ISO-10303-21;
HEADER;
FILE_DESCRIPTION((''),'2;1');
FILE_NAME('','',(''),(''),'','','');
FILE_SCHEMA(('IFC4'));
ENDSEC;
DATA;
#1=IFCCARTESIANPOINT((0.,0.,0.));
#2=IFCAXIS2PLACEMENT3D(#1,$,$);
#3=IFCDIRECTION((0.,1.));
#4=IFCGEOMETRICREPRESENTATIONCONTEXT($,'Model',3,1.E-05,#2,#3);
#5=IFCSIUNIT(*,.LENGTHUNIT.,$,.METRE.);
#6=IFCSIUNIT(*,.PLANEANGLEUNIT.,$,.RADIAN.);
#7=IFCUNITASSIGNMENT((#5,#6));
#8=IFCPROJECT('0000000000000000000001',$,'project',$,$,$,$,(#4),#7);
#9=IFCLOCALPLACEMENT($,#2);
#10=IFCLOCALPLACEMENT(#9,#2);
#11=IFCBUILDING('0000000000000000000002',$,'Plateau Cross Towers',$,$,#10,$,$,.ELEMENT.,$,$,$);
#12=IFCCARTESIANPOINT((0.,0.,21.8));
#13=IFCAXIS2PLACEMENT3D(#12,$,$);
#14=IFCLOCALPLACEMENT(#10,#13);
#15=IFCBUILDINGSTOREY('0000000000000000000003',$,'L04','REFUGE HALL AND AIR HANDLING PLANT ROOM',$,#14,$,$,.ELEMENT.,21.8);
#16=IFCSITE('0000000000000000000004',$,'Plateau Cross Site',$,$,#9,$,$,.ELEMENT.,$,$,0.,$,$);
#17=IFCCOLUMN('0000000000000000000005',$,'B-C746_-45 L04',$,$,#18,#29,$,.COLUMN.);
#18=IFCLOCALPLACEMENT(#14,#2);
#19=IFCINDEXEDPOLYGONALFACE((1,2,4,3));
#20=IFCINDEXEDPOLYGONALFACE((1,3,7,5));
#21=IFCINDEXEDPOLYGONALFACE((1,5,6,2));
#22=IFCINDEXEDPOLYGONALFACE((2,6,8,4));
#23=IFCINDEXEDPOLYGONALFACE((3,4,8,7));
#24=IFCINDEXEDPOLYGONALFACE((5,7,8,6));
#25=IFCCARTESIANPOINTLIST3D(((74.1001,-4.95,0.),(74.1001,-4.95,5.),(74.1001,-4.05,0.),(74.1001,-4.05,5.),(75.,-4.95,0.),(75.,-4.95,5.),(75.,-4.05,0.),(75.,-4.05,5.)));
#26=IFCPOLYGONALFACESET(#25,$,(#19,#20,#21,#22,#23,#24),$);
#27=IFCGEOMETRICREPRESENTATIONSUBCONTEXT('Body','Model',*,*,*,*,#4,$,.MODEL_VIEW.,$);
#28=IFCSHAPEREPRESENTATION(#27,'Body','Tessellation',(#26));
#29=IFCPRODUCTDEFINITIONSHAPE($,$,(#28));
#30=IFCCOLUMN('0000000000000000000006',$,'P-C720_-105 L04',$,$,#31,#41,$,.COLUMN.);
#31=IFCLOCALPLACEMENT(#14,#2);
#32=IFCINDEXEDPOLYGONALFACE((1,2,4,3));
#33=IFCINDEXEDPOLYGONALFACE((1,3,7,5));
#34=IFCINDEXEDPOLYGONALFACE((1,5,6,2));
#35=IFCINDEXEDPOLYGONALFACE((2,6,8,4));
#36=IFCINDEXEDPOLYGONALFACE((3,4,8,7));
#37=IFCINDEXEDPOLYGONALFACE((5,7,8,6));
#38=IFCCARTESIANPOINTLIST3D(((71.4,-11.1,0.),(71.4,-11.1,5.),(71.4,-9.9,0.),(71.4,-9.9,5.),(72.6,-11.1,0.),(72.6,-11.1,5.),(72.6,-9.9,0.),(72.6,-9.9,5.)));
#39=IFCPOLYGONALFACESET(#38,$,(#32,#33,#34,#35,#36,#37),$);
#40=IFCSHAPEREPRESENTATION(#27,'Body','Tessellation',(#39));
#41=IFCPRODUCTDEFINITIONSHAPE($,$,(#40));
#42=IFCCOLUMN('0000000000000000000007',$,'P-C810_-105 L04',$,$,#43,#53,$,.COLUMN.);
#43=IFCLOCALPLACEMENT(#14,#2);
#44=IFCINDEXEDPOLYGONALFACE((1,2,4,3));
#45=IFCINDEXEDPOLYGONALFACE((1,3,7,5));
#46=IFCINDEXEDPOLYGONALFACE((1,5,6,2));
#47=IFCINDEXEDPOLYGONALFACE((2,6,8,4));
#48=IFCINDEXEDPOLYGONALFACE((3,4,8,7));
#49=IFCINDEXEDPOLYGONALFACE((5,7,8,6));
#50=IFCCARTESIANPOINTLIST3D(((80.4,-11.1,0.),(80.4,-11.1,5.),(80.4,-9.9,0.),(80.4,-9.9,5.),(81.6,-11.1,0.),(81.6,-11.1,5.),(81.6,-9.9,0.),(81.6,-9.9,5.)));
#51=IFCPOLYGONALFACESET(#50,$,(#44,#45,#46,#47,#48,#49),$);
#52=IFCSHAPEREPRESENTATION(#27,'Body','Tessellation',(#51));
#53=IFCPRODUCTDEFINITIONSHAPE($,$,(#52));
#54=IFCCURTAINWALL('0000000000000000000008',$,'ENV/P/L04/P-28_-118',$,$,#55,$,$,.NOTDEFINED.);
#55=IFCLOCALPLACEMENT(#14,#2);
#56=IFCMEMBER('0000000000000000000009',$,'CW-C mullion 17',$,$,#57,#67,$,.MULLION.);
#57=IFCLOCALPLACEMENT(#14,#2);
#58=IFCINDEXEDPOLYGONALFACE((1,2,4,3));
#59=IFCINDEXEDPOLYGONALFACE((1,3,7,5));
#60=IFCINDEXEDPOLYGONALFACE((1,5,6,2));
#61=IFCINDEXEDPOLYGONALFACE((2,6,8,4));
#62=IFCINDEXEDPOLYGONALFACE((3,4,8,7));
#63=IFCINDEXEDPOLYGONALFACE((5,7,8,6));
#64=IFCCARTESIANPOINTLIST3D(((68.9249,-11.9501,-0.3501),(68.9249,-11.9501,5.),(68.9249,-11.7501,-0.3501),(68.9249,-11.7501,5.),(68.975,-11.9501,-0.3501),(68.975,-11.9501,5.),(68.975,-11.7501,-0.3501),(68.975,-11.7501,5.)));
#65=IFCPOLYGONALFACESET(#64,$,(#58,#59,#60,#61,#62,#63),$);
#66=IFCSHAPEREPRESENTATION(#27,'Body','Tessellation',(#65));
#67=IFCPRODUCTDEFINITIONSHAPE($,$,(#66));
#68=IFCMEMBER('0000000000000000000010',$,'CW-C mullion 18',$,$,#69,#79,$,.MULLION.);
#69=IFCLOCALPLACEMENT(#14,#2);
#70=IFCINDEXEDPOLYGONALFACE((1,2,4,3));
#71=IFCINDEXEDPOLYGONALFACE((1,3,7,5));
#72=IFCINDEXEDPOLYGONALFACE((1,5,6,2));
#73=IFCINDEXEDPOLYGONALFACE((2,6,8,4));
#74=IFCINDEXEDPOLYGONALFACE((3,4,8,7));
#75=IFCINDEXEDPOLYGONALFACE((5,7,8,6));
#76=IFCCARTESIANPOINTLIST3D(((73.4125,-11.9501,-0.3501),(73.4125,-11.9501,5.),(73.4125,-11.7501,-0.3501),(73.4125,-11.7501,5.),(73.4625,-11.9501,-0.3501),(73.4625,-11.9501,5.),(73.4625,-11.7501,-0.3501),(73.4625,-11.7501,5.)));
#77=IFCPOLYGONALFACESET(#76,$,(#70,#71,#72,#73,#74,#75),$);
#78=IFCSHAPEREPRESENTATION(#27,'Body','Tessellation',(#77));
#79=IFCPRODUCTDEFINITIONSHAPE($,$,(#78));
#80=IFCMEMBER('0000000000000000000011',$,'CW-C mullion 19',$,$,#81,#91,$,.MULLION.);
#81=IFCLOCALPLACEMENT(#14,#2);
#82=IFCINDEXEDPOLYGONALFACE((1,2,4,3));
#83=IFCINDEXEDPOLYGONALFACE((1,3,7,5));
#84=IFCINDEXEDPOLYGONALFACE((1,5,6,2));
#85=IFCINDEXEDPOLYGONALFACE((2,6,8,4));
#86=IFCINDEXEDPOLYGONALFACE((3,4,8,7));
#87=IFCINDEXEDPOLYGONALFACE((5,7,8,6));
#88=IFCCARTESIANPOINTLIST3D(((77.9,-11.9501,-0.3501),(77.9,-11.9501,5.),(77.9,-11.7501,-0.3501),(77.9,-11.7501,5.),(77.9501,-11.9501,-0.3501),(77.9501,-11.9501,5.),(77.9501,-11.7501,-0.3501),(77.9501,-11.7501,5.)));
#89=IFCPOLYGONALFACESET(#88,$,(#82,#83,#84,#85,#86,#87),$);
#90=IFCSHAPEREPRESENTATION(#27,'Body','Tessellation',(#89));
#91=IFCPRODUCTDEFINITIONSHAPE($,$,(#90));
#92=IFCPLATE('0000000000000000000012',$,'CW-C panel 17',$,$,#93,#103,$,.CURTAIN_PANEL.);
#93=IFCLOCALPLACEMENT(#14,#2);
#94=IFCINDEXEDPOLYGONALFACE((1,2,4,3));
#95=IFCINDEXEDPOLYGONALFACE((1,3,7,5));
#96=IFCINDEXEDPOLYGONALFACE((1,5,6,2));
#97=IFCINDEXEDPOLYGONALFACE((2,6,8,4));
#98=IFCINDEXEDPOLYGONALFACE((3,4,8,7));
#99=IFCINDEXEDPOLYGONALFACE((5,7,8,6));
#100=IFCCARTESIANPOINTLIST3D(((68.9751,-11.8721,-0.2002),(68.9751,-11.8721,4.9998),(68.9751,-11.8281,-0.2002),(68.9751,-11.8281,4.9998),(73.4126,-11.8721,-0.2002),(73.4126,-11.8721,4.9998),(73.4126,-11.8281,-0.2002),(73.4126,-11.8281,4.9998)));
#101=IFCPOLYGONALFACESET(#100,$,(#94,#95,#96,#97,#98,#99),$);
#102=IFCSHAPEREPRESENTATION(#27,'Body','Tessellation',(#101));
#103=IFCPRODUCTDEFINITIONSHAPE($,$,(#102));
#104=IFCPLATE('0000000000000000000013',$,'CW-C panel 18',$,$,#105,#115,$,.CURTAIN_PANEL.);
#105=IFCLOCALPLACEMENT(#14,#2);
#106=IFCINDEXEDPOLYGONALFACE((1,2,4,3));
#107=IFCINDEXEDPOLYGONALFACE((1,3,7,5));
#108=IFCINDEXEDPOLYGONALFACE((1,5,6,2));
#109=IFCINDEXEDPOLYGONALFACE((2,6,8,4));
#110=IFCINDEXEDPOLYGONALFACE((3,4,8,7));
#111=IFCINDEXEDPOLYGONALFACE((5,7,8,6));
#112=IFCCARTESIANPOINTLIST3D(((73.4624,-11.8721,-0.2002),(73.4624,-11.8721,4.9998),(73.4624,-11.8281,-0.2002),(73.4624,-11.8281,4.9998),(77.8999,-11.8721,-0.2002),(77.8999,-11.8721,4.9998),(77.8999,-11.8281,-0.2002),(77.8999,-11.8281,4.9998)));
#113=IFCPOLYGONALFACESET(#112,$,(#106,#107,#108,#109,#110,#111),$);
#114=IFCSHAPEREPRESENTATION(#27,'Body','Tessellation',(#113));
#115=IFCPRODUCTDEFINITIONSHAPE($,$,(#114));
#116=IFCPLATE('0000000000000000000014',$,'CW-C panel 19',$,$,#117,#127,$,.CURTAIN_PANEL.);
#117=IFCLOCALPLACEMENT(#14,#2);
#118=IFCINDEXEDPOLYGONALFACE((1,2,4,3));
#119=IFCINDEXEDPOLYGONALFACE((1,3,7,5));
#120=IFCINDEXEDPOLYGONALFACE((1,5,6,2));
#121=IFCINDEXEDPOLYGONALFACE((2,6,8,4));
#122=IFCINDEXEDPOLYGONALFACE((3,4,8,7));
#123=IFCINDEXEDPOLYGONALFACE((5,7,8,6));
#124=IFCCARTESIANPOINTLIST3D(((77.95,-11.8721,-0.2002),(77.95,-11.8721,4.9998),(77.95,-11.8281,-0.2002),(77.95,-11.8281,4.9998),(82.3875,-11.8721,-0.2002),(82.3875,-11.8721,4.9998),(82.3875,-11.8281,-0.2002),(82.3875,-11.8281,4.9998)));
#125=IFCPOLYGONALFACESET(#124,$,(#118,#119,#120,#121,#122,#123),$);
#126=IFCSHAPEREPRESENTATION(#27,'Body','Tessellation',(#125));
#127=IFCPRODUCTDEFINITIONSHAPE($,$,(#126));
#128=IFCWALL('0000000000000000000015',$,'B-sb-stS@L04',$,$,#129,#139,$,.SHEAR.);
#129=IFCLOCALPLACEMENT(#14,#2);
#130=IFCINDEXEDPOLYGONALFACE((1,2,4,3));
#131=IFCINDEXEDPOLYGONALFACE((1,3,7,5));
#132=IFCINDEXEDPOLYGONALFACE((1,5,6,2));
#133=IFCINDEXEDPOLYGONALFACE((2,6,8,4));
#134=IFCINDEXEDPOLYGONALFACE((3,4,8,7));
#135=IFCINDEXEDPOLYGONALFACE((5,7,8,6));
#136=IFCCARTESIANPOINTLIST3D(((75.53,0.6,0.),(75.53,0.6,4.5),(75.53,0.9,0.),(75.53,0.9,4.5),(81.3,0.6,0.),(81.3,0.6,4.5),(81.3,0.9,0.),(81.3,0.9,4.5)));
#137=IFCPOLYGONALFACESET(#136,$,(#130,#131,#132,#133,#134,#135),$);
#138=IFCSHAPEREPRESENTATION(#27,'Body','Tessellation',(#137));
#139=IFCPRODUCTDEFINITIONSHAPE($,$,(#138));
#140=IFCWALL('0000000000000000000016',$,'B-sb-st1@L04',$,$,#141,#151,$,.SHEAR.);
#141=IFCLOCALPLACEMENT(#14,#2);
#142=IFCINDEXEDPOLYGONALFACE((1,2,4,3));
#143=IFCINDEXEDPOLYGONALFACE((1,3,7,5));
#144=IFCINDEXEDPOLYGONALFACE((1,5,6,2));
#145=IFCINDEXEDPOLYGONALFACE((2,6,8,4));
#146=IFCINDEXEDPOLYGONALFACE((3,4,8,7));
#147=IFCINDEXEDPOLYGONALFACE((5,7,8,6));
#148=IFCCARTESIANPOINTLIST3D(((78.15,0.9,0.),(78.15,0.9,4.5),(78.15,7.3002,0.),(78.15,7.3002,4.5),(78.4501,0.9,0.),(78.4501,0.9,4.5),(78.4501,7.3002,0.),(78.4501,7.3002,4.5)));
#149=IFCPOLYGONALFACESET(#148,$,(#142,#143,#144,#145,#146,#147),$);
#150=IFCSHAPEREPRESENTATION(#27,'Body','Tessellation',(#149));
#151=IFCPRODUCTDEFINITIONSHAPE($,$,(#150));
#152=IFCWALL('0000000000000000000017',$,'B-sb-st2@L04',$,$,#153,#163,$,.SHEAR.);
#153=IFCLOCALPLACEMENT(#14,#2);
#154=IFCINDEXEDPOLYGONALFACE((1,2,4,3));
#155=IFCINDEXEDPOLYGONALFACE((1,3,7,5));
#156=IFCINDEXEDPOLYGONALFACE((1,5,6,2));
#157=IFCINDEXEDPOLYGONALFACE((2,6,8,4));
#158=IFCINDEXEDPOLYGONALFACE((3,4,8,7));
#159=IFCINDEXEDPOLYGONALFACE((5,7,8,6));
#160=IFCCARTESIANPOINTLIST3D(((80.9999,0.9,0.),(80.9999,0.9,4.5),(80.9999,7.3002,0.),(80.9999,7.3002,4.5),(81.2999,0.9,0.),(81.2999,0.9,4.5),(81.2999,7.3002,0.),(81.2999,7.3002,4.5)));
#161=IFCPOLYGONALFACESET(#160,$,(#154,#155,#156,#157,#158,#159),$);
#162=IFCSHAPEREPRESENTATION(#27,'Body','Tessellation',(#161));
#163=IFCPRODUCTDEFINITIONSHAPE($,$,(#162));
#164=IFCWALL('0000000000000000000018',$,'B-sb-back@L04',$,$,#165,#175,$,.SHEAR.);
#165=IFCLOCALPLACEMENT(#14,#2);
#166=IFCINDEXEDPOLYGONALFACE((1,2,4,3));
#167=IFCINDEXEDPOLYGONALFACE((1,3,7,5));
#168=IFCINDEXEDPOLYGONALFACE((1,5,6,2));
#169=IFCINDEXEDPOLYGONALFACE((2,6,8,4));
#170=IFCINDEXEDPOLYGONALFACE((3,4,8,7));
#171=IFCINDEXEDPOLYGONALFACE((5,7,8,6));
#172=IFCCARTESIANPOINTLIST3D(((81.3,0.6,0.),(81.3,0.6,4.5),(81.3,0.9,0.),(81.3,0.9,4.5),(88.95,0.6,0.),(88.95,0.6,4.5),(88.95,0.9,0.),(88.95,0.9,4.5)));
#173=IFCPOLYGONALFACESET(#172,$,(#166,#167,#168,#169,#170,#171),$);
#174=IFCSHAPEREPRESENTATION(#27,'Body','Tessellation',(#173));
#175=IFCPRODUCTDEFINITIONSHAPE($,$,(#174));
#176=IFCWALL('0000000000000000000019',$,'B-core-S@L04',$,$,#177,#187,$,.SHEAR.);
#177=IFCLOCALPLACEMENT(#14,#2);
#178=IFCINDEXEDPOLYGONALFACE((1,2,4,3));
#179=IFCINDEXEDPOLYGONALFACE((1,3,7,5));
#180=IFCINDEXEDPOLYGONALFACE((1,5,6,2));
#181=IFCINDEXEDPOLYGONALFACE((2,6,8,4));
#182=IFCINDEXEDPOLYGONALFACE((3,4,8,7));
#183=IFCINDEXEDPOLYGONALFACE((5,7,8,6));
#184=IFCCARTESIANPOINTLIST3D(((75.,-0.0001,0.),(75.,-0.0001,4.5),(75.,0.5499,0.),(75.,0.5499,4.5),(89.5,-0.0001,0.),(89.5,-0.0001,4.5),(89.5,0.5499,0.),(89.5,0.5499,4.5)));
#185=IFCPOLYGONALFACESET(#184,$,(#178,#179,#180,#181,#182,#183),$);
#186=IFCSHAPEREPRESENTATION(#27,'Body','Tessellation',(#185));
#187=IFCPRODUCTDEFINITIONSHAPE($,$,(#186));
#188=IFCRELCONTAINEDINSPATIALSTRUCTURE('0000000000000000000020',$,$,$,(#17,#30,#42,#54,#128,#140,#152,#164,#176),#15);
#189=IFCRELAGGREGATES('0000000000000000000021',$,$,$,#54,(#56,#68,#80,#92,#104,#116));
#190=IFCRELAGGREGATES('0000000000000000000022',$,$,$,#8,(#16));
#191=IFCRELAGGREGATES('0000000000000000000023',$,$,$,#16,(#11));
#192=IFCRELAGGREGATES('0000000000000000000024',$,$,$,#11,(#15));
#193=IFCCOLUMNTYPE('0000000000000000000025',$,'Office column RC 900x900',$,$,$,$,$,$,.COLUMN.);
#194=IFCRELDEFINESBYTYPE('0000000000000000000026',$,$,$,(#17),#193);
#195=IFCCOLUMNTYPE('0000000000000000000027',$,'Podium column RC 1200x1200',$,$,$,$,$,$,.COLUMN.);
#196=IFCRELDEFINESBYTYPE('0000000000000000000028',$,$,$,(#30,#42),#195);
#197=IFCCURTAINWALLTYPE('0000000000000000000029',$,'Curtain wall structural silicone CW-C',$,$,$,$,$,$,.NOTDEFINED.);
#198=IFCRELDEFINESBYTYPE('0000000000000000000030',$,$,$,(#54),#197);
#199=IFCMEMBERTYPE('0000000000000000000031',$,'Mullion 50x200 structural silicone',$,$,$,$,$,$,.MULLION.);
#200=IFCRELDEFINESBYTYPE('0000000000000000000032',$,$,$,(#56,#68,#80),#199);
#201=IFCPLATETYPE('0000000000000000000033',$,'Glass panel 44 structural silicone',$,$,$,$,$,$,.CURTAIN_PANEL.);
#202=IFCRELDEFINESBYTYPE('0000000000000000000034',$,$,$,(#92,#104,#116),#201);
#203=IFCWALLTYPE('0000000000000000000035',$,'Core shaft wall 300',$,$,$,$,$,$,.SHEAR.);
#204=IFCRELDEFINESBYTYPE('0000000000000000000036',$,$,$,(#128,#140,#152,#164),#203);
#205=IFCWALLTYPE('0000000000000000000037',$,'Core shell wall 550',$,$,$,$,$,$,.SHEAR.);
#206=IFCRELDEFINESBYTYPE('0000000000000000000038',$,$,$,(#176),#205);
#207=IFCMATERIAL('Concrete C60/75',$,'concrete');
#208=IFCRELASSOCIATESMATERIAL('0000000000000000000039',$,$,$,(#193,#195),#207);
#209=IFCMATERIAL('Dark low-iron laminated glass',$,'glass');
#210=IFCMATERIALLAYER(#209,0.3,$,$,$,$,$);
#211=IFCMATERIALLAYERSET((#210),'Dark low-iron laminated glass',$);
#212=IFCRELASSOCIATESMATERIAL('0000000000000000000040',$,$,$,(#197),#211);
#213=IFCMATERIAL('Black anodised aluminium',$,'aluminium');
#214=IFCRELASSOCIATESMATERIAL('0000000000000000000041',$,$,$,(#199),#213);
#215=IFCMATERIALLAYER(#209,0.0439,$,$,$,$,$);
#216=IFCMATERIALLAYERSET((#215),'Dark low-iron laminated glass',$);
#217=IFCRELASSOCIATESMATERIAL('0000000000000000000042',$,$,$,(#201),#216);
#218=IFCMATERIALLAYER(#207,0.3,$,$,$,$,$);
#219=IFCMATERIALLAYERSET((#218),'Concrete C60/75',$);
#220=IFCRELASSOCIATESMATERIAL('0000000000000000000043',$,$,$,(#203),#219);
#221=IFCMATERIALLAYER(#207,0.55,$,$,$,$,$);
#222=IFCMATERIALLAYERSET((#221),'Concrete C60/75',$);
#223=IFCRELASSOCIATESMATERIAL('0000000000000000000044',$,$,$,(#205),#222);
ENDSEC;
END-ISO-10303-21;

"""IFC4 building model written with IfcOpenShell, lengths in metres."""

from ifc_helpers import new_model, si_unit, direction, frame, frame_2d, origin, origin_2d, place, context, subcontext, project, spatial, rectangle, extrude, material, layer, layer_set, material_profile, profile_set, type_object, element, aggregate, save


model = new_model("IFC4")

# Units and contexts
model_context = context("Model", 3, precision=1e-05, world=origin(), true_north=direction((0.0, 1.0)))
body_context = subcontext(model_context, "Body", "Model", "MODEL_VIEW")
ifc_project = project(units=[si_unit("LENGTHUNIT", "METRE"), si_unit("PLANEANGLEUNIT", "RADIAN")], contexts=[model_context])

# Site, building, storey
site_placement = place(None, origin())
site = spatial("IfcSite", under=ifc_project, at=site_placement, Name="Plateau Cross Site", CompositionType="ELEMENT", RefElevation=0.0)
building_placement = place(site_placement, origin())
building = spatial("IfcBuilding", under=site, at=building_placement, Name="Plateau Cross Towers", CompositionType="ELEMENT")
storey_placement = place(building_placement, frame((0.0, 0.0, 21.8)))
storey = spatial("IfcBuildingStorey", under=building, at=storey_placement, Name="L04", Description="REFUGE HALL AND AIR HANDLING PLANT ROOM", CompositionType="ELEMENT", Elevation=21.8)

# Columns
ifc_material_1 = material(Name="Concrete C60/75", Category="concrete")
ifc_material_profile_1 = material_profile(ifc_material_1, rectangle(XDim=0.8999, YDim=0.8999, at=origin_2d()), Name="RC 900x900")
ifc_profile_set_1 = profile_set([ifc_material_profile_1], Name="Concrete C60/75")
column_type_1 = type_object("IfcColumnType", Name="Office column RC 900x900", PredefinedType="COLUMN", material=ifc_profile_set_1)
column_placement = place(storey_placement, frame((74.55, -4.5, 0.0), z_axis=(0.0, 0.0, 1.0), x_axis=(1.0, 0.0, 0.0)))
element("IfcColumn", 1, at=column_placement, inside=storey, type_object=column_type_1, Name="B-C746_-45 L04", PredefinedType="COLUMN", context=body_context, shape_type="SweptSolid", body=[
    extrude(rectangle(XDim=0.8999, YDim=0.8999, at=origin_2d()), origin(), (0.0, 0.0, 1.0), 5.0),
])
ifc_material_profile_2 = material_profile(ifc_material_1, rectangle(XDim=1.2, YDim=1.2, at=origin_2d()), Name="RC 1200x1200")
ifc_profile_set_2 = profile_set([ifc_material_profile_2], Name="Concrete C60/75")
column_type_2 = type_object("IfcColumnType", Name="Podium column RC 1200x1200", PredefinedType="COLUMN", material=ifc_profile_set_2)
for number, where, z_axis, x_axis, name in (
    (2, (72.0, -10.5, 0.0), (0.0, 0.0, 1.0), (1.0, 0.0, 0.0), "P-C720_-105 L04"),
    (3, (81.0, -10.5, 0.0), (0.0, 0.0, 1.0), (1.0, 0.0, 0.0), "P-C810_-105 L04"),
):
    element("IfcColumn", number, at=place(storey_placement, frame(where, z_axis=z_axis, x_axis=x_axis)), inside=storey, type_object=column_type_2, Name=name, PredefinedType="COLUMN", context=body_context, shape_type="SweptSolid", body=[
        extrude(rectangle(XDim=1.2, YDim=1.2, at=origin_2d()), origin(), (0.0, 0.0, 1.0), 5.0),
    ])

# Curtain wall, members, plates
ifc_material_2 = material(Name="Dark low-iron laminated glass", Category="glass")
ifc_layer_1 = layer(ifc_material_2, 0.3)
ifc_layer_set_1 = layer_set([ifc_layer_1], Name="Dark low-iron laminated glass")
curtain_wall_type = type_object("IfcCurtainWallType", Name="Curtain wall structural silicone CW-C", PredefinedType="NOTDEFINED", material=ifc_layer_set_1)
curtain_wall_placement = place(storey_placement, origin())
curtain_wall = element("IfcCurtainWall", 4, at=curtain_wall_placement, inside=storey, type_object=curtain_wall_type, Name="ENV/P/L04/P-28_-118", PredefinedType="NOTDEFINED")
ifc_material_3 = material(Name="Black anodised aluminium", Category="aluminium")
ifc_material_profile_3 = material_profile(ifc_material_3, rectangle(XDim=0.05, YDim=0.2, at=origin_2d()), Name="MULLION 50x200")
ifc_profile_set_3 = profile_set([ifc_material_profile_3], Name="Black anodised aluminium")
member_type = type_object("IfcMemberType", Name="Mullion 50x200 structural silicone", PredefinedType="MULLION", material=ifc_profile_set_3)
member_1_placement = place(storey_placement, frame((68.95, -11.8501, -0.3501), z_axis=(0.0, 0.0, 1.0), x_axis=(1.0, 0.0, 0.0)))
member_1 = element("IfcMember", 5, at=member_1_placement, type_object=member_type, Name="CW-C mullion 17", PredefinedType="MULLION", context=body_context, shape_type="SweptSolid", body=[
    extrude(rectangle(XDim=0.05, YDim=0.2, at=origin_2d()), origin(), (0.0, 0.0, 1.0), 5.3501),
])
member_2_placement = place(storey_placement, frame((73.4375, -11.8501, -0.3501), z_axis=(0.0, 0.0, 1.0), x_axis=(1.0, 0.0, 0.0)))
member_2 = element("IfcMember", 6, at=member_2_placement, type_object=member_type, Name="CW-C mullion 18", PredefinedType="MULLION", context=body_context, shape_type="SweptSolid", body=[
    extrude(rectangle(XDim=0.05, YDim=0.2, at=origin_2d()), origin(), (0.0, 0.0, 1.0), 5.3501),
])
member_3_placement = place(storey_placement, frame((77.925, -11.8501, -0.3501), z_axis=(0.0, 0.0, 1.0), x_axis=(1.0, 0.0, 0.0)))
member_3 = element("IfcMember", 7, at=member_3_placement, type_object=member_type, Name="CW-C mullion 19", PredefinedType="MULLION", context=body_context, shape_type="SweptSolid", body=[
    extrude(rectangle(XDim=0.05, YDim=0.2, at=origin_2d()), origin(), (0.0, 0.0, 1.0), 5.3501),
])
ifc_layer_2 = layer(ifc_material_2, 0.0439)
ifc_layer_set_2 = layer_set([ifc_layer_2], Name="Dark low-iron laminated glass")
plate_type = type_object("IfcPlateType", Name="Glass panel 44 structural silicone", PredefinedType="CURTAIN_PANEL", material=ifc_layer_set_2)
plate_1_placement = place(storey_placement, frame((71.1938, -11.8501, -0.2002), z_axis=(0.0, 0.0, 1.0), x_axis=(1.0, 0.0, 0.0)))
plate_1 = element("IfcPlate", 8, at=plate_1_placement, type_object=plate_type, Name="CW-C panel 17", PredefinedType="CURTAIN_PANEL", context=body_context, shape_type="SweptSolid", body=[
    extrude(rectangle(XDim=4.4375, YDim=0.0439, at=origin_2d()), origin(), (0.0, 0.0, 1.0), 5.2),
])
plate_2_placement = place(storey_placement, frame((75.6812, -11.8501, -0.2002), z_axis=(0.0, 0.0, 1.0), x_axis=(1.0, 0.0, 0.0)))
plate_2 = element("IfcPlate", 9, at=plate_2_placement, type_object=plate_type, Name="CW-C panel 18", PredefinedType="CURTAIN_PANEL", context=body_context, shape_type="SweptSolid", body=[
    extrude(rectangle(XDim=4.4375, YDim=0.0439, at=origin_2d()), origin(), (0.0, 0.0, 1.0), 5.2),
])
plate_3_placement = place(storey_placement, frame((80.1687, -11.8501, -0.2002), z_axis=(0.0, 0.0, 1.0), x_axis=(1.0, 0.0, 0.0)))
plate_3 = element("IfcPlate", 10, at=plate_3_placement, type_object=plate_type, Name="CW-C panel 19", PredefinedType="CURTAIN_PANEL", context=body_context, shape_type="SweptSolid", body=[
    extrude(rectangle(XDim=4.4375, YDim=0.0439, at=origin_2d()), origin(), (0.0, 0.0, 1.0), 5.2),
])
aggregate(curtain_wall, [member_1, member_2, member_3, plate_1, plate_2, plate_3])

# Walls
ifc_layer_3 = layer(ifc_material_1, 0.3)
ifc_layer_set_3 = layer_set([ifc_layer_3], Name="Concrete C60/75")
wall_type_1 = type_object("IfcWallType", Name="Core shaft wall 300", PredefinedType="SHEAR", material=ifc_layer_set_3)
wall_1_placement = place(storey_placement, frame((75.53, 0.75, 0.0), z_axis=(0.0, 0.0, 1.0), x_axis=(1.0, 0.0, 0.0)))
element("IfcWall", 11, at=wall_1_placement, inside=storey, type_object=wall_type_1, Name="B-sb-stS@L04", PredefinedType="SHEAR", context=body_context, shape_type="SweptSolid", body=[
    extrude(rectangle(XDim=5.77, YDim=0.3, at=frame_2d((2.885, 0.0))), origin(), (0.0, 0.0, 1.0), 4.5),
])
for number, where, z_axis, x_axis, name in (
    (12, (78.3, 0.8999, 0.0), (0.0, 0.0, 1.0), (0.0, 1.0, 0.0), "B-sb-st1@L04"),
    (13, (81.1499, 0.8999, 0.0), (0.0, 0.0, 1.0), (0.0, 1.0, 0.0), "B-sb-st2@L04"),
):
    element("IfcWall", number, at=place(storey_placement, frame(where, z_axis=z_axis, x_axis=x_axis)), inside=storey, type_object=wall_type_1, Name=name, PredefinedType="SHEAR", context=body_context, shape_type="SweptSolid", body=[
        extrude(rectangle(XDim=6.4001, YDim=0.3, at=frame_2d((3.2002, 0.0))), origin(), (0.0, 0.0, 1.0), 4.5),
    ])
wall_2_placement = place(storey_placement, frame((81.3, 0.75, 0.0), z_axis=(0.0, 0.0, 1.0), x_axis=(1.0, 0.0, 0.0)))
element("IfcWall", 14, at=wall_2_placement, inside=storey, type_object=wall_type_1, Name="B-sb-back@L04", PredefinedType="SHEAR", context=body_context, shape_type="SweptSolid", body=[
    extrude(rectangle(XDim=7.6499, YDim=0.3, at=frame_2d((3.825, 0.0))), origin(), (0.0, 0.0, 1.0), 4.5),
])
ifc_layer_4 = layer(ifc_material_1, 0.55)
ifc_layer_set_4 = layer_set([ifc_layer_4], Name="Concrete C60/75")
wall_type_2 = type_object("IfcWallType", Name="Core shell wall 550", PredefinedType="SHEAR", material=ifc_layer_set_4)
wall_3_placement = place(storey_placement, frame((75.0, 0.2749, 0.0), z_axis=(0.0, 0.0, 1.0), x_axis=(1.0, 0.0, 0.0)))
element("IfcWall", 15, at=wall_3_placement, inside=storey, type_object=wall_type_2, Name="B-core-S@L04", PredefinedType="SHEAR", context=body_context, shape_type="SweptSolid", body=[
    extrude(rectangle(XDim=14.5, YDim=0.55, at=frame_2d((7.25, 0.0))), origin(), (0.0, 0.0, 1.0), 4.5),
])

save(model, "model.ifc")
